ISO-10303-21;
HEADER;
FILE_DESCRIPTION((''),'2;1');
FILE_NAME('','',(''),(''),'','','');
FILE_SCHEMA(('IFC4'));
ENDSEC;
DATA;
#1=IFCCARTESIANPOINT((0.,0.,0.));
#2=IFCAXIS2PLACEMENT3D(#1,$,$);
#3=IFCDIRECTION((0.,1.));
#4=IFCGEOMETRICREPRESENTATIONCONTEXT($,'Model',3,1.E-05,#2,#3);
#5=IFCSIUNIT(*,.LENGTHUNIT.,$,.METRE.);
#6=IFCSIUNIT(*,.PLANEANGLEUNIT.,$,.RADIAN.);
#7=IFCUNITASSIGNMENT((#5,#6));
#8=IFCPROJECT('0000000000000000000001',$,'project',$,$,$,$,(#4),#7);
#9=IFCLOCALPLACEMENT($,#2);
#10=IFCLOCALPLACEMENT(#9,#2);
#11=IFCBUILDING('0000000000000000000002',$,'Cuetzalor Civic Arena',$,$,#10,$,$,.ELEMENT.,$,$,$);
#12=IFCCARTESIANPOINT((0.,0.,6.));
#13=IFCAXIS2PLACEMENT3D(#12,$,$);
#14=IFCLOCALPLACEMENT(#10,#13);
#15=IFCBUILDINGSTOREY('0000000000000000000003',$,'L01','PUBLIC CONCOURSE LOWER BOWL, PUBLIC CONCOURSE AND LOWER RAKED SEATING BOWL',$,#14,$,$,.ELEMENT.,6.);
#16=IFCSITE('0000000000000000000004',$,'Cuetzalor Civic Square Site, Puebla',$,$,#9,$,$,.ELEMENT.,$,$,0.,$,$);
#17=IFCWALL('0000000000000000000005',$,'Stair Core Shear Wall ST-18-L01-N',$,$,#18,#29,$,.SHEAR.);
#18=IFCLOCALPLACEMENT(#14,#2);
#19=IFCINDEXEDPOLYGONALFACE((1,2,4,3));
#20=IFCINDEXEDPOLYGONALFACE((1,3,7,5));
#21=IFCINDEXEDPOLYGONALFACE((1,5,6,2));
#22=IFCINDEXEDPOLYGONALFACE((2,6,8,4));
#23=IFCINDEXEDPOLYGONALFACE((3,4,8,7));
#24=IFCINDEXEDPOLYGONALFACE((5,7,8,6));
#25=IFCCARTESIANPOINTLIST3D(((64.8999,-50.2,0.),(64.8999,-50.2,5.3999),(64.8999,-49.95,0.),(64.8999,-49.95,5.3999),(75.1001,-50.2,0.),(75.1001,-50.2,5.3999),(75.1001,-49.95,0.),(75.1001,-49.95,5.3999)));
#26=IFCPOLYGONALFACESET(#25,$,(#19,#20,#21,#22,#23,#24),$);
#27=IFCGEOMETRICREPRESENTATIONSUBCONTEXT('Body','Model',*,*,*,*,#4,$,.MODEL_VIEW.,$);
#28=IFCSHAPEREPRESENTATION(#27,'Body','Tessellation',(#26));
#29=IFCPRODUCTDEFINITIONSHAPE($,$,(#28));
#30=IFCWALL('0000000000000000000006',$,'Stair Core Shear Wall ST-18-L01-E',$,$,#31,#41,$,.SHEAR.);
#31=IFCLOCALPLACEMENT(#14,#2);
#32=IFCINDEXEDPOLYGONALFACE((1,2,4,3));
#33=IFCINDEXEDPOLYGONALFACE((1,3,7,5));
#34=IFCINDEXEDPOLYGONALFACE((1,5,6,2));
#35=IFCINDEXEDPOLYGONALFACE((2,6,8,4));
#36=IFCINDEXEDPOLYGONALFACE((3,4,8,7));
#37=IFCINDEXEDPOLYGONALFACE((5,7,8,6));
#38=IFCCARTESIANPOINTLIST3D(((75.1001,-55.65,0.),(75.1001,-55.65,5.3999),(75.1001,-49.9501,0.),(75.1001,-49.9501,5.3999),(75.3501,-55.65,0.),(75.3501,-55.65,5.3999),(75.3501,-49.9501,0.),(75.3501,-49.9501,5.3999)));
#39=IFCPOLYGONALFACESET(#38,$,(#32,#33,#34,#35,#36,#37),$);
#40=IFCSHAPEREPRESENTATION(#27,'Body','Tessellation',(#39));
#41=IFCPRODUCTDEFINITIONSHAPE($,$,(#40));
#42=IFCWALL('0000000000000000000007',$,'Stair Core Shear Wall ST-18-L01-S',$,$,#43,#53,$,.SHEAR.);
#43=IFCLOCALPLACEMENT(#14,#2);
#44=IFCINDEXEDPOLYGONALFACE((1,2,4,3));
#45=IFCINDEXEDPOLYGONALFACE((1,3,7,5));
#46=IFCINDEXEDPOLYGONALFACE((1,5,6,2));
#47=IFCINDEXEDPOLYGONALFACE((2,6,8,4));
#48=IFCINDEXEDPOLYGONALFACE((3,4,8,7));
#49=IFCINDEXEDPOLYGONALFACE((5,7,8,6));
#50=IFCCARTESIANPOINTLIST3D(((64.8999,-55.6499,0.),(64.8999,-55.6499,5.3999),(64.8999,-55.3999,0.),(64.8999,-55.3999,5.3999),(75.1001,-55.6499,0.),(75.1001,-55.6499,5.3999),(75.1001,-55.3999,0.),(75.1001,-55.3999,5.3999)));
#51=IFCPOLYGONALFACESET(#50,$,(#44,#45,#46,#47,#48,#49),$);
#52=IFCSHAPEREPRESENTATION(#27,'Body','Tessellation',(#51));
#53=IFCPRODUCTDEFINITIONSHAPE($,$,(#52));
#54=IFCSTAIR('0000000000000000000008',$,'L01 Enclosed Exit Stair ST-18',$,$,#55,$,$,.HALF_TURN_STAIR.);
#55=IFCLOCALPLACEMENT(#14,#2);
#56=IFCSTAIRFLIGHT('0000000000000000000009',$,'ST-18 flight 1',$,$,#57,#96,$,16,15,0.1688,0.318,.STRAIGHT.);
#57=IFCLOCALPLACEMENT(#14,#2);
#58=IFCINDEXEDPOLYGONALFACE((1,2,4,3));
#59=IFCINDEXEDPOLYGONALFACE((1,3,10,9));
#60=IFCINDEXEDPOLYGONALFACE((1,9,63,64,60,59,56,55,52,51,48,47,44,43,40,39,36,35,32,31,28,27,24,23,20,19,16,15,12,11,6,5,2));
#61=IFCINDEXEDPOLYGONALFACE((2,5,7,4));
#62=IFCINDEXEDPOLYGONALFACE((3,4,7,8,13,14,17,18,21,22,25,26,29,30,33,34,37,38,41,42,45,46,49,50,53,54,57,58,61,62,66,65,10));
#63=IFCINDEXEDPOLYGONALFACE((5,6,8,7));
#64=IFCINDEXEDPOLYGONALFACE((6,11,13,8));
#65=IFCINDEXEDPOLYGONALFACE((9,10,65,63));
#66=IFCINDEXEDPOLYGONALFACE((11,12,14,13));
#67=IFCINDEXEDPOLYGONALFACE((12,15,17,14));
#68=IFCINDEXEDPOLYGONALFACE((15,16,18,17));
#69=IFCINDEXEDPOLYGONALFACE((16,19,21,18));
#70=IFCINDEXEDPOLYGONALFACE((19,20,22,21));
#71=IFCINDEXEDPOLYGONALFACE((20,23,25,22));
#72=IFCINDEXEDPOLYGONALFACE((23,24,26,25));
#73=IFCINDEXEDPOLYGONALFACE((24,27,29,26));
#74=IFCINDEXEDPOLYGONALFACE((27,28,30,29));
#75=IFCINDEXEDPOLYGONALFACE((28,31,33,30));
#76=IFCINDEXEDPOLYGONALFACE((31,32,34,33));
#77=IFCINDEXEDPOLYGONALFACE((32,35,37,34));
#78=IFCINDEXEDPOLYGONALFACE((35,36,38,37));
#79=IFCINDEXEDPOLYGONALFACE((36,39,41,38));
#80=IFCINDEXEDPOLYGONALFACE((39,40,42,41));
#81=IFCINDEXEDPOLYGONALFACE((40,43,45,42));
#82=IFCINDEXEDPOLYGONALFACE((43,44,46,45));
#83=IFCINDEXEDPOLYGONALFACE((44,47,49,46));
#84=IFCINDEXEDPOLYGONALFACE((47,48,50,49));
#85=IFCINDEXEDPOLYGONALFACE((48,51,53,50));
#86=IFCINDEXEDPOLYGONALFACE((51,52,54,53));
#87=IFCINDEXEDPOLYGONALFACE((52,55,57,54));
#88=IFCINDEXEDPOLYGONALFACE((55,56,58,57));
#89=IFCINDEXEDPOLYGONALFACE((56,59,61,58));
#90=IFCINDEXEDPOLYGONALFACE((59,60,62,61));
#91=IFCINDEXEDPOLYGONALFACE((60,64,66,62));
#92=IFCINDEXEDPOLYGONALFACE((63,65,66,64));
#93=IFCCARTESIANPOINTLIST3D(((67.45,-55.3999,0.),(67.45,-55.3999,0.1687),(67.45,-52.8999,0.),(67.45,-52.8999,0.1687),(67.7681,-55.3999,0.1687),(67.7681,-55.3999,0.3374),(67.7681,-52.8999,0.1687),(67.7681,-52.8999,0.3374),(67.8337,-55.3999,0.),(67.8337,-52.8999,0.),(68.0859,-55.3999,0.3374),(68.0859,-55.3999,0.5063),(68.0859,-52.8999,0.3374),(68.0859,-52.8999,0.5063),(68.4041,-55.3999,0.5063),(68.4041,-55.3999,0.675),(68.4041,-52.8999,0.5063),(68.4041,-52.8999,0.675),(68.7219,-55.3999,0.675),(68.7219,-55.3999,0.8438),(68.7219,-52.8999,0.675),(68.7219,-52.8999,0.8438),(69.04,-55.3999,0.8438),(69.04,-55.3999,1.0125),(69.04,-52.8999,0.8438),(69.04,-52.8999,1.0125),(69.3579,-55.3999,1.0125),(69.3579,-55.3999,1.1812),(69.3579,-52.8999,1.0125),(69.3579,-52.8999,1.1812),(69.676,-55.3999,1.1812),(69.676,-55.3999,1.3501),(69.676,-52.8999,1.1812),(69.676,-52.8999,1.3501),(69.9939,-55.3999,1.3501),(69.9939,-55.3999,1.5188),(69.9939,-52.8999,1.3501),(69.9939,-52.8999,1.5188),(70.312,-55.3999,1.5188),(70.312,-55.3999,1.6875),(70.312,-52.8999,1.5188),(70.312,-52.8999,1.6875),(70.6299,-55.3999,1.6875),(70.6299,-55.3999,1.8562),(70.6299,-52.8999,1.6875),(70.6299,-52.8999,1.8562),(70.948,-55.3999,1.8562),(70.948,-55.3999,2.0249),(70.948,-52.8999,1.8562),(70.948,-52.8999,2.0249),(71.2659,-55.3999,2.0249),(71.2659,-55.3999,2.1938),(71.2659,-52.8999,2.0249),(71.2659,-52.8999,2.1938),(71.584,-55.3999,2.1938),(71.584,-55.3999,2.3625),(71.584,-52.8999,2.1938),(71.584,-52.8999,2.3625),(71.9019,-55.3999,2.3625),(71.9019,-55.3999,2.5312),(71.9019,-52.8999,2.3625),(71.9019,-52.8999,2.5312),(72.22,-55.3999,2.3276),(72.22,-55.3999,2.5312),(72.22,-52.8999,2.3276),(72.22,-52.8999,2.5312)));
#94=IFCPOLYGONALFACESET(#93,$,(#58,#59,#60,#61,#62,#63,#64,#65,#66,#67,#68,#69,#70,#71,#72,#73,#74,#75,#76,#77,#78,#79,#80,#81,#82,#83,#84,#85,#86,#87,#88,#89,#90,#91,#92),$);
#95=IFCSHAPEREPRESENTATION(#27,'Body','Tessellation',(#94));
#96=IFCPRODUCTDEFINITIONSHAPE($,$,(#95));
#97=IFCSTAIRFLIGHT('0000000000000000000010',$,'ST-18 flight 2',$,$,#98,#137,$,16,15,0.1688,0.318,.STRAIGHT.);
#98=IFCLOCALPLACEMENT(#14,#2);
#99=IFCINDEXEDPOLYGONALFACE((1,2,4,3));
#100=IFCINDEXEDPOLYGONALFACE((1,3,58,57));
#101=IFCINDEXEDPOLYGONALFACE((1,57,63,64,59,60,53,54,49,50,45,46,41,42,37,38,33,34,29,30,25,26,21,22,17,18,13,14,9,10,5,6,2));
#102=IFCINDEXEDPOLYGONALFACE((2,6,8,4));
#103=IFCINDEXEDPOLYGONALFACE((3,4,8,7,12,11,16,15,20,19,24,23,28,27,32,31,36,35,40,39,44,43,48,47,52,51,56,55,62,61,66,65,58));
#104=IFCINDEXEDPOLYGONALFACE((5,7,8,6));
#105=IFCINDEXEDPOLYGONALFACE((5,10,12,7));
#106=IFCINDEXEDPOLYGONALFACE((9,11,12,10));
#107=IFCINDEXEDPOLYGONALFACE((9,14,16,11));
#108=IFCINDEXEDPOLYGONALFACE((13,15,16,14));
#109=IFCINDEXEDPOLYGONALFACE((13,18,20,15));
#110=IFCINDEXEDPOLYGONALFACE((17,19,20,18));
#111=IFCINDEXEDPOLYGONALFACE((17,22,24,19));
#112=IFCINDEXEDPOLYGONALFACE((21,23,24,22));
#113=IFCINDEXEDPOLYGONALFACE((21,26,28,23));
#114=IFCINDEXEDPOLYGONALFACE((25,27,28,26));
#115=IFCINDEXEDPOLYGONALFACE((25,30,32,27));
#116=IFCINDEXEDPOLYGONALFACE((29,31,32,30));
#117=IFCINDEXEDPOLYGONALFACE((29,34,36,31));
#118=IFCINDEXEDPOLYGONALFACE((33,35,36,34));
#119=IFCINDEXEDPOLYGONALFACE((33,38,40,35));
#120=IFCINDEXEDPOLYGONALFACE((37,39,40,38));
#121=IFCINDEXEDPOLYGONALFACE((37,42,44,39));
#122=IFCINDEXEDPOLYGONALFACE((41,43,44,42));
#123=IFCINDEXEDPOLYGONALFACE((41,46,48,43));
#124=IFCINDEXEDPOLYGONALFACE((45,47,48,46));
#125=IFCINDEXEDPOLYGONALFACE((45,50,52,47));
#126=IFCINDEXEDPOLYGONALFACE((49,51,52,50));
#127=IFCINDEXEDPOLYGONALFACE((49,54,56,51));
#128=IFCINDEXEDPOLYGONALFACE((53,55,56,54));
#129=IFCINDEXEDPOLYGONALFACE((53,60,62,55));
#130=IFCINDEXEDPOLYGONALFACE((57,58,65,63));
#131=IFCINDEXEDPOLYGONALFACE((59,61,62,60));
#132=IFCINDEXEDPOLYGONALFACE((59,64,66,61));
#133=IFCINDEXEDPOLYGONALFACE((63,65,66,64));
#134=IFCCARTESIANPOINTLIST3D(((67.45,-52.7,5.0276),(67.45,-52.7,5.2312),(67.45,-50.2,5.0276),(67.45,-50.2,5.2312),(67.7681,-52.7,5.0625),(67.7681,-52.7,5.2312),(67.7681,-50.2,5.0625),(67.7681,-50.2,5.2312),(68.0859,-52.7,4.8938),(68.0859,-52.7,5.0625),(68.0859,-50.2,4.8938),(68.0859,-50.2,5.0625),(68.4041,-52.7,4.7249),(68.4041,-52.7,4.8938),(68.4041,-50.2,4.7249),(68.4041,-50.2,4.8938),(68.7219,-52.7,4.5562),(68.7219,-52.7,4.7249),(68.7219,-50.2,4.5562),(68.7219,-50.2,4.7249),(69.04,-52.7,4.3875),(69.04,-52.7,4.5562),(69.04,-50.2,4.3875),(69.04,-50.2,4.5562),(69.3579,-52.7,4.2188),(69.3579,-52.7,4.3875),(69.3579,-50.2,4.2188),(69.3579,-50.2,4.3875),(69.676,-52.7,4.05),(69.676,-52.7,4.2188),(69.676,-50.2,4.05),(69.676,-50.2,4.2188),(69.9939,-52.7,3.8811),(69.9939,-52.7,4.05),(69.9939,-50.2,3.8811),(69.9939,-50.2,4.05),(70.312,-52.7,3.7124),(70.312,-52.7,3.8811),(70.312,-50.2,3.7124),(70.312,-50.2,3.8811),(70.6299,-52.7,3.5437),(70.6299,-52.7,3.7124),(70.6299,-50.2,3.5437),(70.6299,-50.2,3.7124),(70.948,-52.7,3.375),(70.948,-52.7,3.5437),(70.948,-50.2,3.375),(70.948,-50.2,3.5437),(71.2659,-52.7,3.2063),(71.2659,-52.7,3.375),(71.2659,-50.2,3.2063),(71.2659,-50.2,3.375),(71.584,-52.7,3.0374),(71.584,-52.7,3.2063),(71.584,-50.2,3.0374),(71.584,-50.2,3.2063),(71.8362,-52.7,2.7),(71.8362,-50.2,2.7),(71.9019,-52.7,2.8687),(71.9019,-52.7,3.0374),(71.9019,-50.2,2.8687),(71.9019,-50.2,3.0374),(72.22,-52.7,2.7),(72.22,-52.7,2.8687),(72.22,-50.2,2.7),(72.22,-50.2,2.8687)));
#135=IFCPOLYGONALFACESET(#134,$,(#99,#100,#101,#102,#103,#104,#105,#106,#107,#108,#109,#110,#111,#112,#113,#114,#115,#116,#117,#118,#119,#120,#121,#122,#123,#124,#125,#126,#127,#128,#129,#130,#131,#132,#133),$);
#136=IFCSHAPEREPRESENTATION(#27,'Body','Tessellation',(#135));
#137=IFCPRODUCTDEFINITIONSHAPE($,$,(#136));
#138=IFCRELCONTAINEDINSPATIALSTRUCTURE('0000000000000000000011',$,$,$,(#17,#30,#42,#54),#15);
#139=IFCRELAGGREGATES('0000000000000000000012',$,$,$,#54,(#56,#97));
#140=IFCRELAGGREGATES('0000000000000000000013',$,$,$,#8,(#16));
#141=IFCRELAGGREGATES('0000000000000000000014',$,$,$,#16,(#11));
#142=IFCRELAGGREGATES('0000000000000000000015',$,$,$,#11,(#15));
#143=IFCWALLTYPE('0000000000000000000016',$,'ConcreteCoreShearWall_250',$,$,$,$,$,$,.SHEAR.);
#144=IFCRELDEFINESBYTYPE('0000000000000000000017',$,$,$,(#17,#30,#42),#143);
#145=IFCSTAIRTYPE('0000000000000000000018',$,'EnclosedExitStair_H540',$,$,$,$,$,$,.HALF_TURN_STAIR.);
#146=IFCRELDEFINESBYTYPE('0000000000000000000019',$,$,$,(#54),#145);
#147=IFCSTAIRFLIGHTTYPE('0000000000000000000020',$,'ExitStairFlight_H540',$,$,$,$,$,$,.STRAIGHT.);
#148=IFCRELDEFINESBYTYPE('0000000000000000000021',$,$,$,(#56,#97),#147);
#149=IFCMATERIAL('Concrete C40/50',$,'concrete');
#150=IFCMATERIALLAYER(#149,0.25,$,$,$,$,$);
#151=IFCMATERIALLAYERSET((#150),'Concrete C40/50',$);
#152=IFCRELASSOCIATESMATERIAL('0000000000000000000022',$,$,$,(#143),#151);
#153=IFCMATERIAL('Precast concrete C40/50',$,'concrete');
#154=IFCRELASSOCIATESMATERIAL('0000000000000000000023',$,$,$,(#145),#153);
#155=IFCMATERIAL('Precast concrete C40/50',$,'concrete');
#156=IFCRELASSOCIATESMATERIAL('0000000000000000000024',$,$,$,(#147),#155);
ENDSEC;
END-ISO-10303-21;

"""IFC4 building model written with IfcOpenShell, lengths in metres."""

from ifc_helpers import new_model, si_unit, direction, frame, frame_2d, origin, place, context, subcontext, project, spatial, polyline, rectangle, outline, extrude, material, layer, layer_set, type_object, element, aggregate, save


model = new_model("IFC4")

# Units and contexts
model_context = context("Model", 3, precision=1e-05, world=origin(), true_north=direction((0.0, 1.0)))
body_context = subcontext(model_context, "Body", "Model", "MODEL_VIEW")
ifc_project = project(units=[si_unit("LENGTHUNIT", "METRE"), si_unit("PLANEANGLEUNIT", "RADIAN")], contexts=[model_context])

# Site, building, storey
site_placement = place(None, origin())
site = spatial("IfcSite", under=ifc_project, at=site_placement, Name="Cuetzalor Civic Square Site, Puebla", CompositionType="ELEMENT", RefElevation=0.0)
building_placement = place(site_placement, origin())
building = spatial("IfcBuilding", under=site, at=building_placement, Name="Cuetzalor Civic Arena", CompositionType="ELEMENT")
storey_placement = place(building_placement, frame((0.0, 0.0, 6.0)))
storey = spatial("IfcBuildingStorey", under=building, at=storey_placement, Name="L01", Description="PUBLIC CONCOURSE LOWER BOWL, PUBLIC CONCOURSE AND LOWER RAKED SEATING BOWL", CompositionType="ELEMENT", Elevation=6.0)

# Shared definitions
ifc_material_1 = material(Name="Concrete C40/50", Category="concrete")
ifc_layer = layer(ifc_material_1, 0.25)
ifc_layer_set = layer_set([ifc_layer], Name="Concrete C40/50")
wall_type = type_object("IfcWallType", Name="ConcreteCoreShearWall_250", PredefinedType="SHEAR", material=ifc_layer_set)

# Walls
wall_1_placement = place(storey_placement, frame((64.8999, -50.075, 0.0), z_axis=(0.0, 0.0, 1.0), x_axis=(1.0, 0.0, 0.0)))
element("IfcWall", 1, at=wall_1_placement, inside=storey, type_object=wall_type, Name="Stair Core Shear Wall ST-18-L01-N", PredefinedType="SHEAR", context=body_context, shape_type="SweptSolid", body=[
    extrude(rectangle(XDim=10.2002, YDim=0.25, at=frame_2d((5.1001, 0.0))), origin(), (0.0, 0.0, 1.0), 5.3999),
])
wall_2_placement = place(storey_placement, frame((75.2251, -49.95, 0.0), z_axis=(0.0, 0.0, 1.0), x_axis=(0.0, -1.0, 0.0)))
element("IfcWall", 2, at=wall_2_placement, inside=storey, type_object=wall_type, Name="Stair Core Shear Wall ST-18-L01-E", PredefinedType="SHEAR", context=body_context, shape_type="SweptSolid", body=[
    extrude(rectangle(XDim=5.7, YDim=0.25, at=frame_2d((2.8501, 0.0))), origin(), (0.0, 0.0, 1.0), 5.3999),
])
wall_3_placement = place(storey_placement, frame((75.1001, -55.5249, 0.0), z_axis=(0.0, 0.0, 1.0), x_axis=(-1.0, 0.0, 0.0)))
element("IfcWall", 3, at=wall_3_placement, inside=storey, type_object=wall_type, Name="Stair Core Shear Wall ST-18-L01-S", PredefinedType="SHEAR", context=body_context, shape_type="SweptSolid", body=[
    extrude(rectangle(XDim=10.2002, YDim=0.25, at=frame_2d((5.1001, 0.0))), origin(), (0.0, 0.0, 1.0), 5.3999),
])

# Stair, stair flights
ifc_material_2 = material(Name="Precast concrete C40/50", Category="concrete")
stair_type = type_object("IfcStairType", Name="EnclosedExitStair_H540", PredefinedType="HALF_TURN_STAIR", material=ifc_material_2)
stair_placement = place(storey_placement, origin())
stair = element("IfcStair", 4, at=stair_placement, inside=storey, type_object=stair_type, Name="L01 Enclosed Exit Stair ST-18", PredefinedType="HALF_TURN_STAIR")
ifc_material_3 = material(Name="Precast concrete C40/50", Category="concrete")
stair_flight_type = type_object("IfcStairFlightType", Name="ExitStairFlight_H540", PredefinedType="STRAIGHT", material=ifc_material_3)
stair_flight_1_placement = place(storey_placement, frame((67.45, -54.1499, 0.0), z_axis=(0.0, 0.0, 1.0), x_axis=(1.0, 0.0, 0.0)))
stair_flight_1 = element("IfcStairFlight", 5, at=stair_flight_1_placement, type_object=stair_flight_type, Name="ST-18 flight 1", NumberOfRisers=16, NumberOfTreads=15, PredefinedType="STRAIGHT", RiserHeight=0.1688, TreadLength=0.318, context=body_context, shape_type="SweptSolid", body=[
    extrude(outline(polyline([(0.0, 0.0), (0.0, 0.1687), (0.3181, 0.1687), (0.3181, 0.3374), (0.636, 0.3374), (0.636, 0.5063), (0.9541, 0.5063), (0.9541, 0.675), (1.272, 0.675), (1.272, 0.8438), (1.5901, 0.8438), (1.5901, 1.0125), (1.908, 1.0125), (1.908, 1.1812), (2.2261, 1.1812), (2.2261, 1.3501), (2.5439, 1.3501), (2.5439, 1.5188), (2.8621, 1.5188), (2.8621, 1.6875), (3.1799, 1.6875), (3.1799, 1.8562), (3.498, 1.8562), (3.498, 2.0249), (3.8159, 2.0249), (3.8159, 2.1938), (4.134, 2.1938), (4.134, 2.3625), (4.4519, 2.3625), (4.4519, 2.5312), (4.77, 2.5312), (4.77, 2.7), (4.77, 2.3276), (0.3838, 0.0), (0.0, 0.0)])), frame((0.0, 1.25, 0.0), z_axis=(0.0, -1.0, 0.0), x_axis=(1.0, 0.0, 0.0)), (0.0, 0.0, 1.0), 2.5),
])
stair_flight_2_placement = place(storey_placement, frame((72.22, -51.45, 2.7), z_axis=(0.0, 0.0, 1.0), x_axis=(-1.0, 0.0, 0.0)))
stair_flight_2 = element("IfcStairFlight", 6, at=stair_flight_2_placement, type_object=stair_flight_type, Name="ST-18 flight 2", NumberOfRisers=16, NumberOfTreads=15, PredefinedType="STRAIGHT", RiserHeight=0.1688, TreadLength=0.318, context=body_context, shape_type="SweptSolid", body=[
    extrude(outline(polyline([(0.0, 0.0), (0.0, 0.1687), (0.3181, 0.1687), (0.3181, 0.3374), (0.636, 0.3374), (0.636, 0.5063), (0.9541, 0.5063), (0.9541, 0.675), (1.272, 0.675), (1.272, 0.8438), (1.5901, 0.8438), (1.5901, 1.0125), (1.908, 1.0125), (1.908, 1.1812), (2.2261, 1.1812), (2.2261, 1.3501), (2.5439, 1.3501), (2.5439, 1.5188), (2.8621, 1.5188), (2.8621, 1.6875), (3.1799, 1.6875), (3.1799, 1.8562), (3.498, 1.8562), (3.498, 2.0249), (3.8159, 2.0249), (3.8159, 2.1938), (4.134, 2.1938), (4.134, 2.3625), (4.4519, 2.3625), (4.4519, 2.5312), (4.77, 2.5312), (4.77, 2.7), (4.77, 2.3276), (0.3838, 0.0), (0.0, 0.0)])), frame((0.0, 1.25, 0.0), z_axis=(0.0, -1.0, 0.0), x_axis=(1.0, 0.0, 0.0)), (0.0, 0.0, 1.0), 2.5),
])
aggregate(stair, [stair_flight_1, stair_flight_2])

save(model, "model.ifc")
